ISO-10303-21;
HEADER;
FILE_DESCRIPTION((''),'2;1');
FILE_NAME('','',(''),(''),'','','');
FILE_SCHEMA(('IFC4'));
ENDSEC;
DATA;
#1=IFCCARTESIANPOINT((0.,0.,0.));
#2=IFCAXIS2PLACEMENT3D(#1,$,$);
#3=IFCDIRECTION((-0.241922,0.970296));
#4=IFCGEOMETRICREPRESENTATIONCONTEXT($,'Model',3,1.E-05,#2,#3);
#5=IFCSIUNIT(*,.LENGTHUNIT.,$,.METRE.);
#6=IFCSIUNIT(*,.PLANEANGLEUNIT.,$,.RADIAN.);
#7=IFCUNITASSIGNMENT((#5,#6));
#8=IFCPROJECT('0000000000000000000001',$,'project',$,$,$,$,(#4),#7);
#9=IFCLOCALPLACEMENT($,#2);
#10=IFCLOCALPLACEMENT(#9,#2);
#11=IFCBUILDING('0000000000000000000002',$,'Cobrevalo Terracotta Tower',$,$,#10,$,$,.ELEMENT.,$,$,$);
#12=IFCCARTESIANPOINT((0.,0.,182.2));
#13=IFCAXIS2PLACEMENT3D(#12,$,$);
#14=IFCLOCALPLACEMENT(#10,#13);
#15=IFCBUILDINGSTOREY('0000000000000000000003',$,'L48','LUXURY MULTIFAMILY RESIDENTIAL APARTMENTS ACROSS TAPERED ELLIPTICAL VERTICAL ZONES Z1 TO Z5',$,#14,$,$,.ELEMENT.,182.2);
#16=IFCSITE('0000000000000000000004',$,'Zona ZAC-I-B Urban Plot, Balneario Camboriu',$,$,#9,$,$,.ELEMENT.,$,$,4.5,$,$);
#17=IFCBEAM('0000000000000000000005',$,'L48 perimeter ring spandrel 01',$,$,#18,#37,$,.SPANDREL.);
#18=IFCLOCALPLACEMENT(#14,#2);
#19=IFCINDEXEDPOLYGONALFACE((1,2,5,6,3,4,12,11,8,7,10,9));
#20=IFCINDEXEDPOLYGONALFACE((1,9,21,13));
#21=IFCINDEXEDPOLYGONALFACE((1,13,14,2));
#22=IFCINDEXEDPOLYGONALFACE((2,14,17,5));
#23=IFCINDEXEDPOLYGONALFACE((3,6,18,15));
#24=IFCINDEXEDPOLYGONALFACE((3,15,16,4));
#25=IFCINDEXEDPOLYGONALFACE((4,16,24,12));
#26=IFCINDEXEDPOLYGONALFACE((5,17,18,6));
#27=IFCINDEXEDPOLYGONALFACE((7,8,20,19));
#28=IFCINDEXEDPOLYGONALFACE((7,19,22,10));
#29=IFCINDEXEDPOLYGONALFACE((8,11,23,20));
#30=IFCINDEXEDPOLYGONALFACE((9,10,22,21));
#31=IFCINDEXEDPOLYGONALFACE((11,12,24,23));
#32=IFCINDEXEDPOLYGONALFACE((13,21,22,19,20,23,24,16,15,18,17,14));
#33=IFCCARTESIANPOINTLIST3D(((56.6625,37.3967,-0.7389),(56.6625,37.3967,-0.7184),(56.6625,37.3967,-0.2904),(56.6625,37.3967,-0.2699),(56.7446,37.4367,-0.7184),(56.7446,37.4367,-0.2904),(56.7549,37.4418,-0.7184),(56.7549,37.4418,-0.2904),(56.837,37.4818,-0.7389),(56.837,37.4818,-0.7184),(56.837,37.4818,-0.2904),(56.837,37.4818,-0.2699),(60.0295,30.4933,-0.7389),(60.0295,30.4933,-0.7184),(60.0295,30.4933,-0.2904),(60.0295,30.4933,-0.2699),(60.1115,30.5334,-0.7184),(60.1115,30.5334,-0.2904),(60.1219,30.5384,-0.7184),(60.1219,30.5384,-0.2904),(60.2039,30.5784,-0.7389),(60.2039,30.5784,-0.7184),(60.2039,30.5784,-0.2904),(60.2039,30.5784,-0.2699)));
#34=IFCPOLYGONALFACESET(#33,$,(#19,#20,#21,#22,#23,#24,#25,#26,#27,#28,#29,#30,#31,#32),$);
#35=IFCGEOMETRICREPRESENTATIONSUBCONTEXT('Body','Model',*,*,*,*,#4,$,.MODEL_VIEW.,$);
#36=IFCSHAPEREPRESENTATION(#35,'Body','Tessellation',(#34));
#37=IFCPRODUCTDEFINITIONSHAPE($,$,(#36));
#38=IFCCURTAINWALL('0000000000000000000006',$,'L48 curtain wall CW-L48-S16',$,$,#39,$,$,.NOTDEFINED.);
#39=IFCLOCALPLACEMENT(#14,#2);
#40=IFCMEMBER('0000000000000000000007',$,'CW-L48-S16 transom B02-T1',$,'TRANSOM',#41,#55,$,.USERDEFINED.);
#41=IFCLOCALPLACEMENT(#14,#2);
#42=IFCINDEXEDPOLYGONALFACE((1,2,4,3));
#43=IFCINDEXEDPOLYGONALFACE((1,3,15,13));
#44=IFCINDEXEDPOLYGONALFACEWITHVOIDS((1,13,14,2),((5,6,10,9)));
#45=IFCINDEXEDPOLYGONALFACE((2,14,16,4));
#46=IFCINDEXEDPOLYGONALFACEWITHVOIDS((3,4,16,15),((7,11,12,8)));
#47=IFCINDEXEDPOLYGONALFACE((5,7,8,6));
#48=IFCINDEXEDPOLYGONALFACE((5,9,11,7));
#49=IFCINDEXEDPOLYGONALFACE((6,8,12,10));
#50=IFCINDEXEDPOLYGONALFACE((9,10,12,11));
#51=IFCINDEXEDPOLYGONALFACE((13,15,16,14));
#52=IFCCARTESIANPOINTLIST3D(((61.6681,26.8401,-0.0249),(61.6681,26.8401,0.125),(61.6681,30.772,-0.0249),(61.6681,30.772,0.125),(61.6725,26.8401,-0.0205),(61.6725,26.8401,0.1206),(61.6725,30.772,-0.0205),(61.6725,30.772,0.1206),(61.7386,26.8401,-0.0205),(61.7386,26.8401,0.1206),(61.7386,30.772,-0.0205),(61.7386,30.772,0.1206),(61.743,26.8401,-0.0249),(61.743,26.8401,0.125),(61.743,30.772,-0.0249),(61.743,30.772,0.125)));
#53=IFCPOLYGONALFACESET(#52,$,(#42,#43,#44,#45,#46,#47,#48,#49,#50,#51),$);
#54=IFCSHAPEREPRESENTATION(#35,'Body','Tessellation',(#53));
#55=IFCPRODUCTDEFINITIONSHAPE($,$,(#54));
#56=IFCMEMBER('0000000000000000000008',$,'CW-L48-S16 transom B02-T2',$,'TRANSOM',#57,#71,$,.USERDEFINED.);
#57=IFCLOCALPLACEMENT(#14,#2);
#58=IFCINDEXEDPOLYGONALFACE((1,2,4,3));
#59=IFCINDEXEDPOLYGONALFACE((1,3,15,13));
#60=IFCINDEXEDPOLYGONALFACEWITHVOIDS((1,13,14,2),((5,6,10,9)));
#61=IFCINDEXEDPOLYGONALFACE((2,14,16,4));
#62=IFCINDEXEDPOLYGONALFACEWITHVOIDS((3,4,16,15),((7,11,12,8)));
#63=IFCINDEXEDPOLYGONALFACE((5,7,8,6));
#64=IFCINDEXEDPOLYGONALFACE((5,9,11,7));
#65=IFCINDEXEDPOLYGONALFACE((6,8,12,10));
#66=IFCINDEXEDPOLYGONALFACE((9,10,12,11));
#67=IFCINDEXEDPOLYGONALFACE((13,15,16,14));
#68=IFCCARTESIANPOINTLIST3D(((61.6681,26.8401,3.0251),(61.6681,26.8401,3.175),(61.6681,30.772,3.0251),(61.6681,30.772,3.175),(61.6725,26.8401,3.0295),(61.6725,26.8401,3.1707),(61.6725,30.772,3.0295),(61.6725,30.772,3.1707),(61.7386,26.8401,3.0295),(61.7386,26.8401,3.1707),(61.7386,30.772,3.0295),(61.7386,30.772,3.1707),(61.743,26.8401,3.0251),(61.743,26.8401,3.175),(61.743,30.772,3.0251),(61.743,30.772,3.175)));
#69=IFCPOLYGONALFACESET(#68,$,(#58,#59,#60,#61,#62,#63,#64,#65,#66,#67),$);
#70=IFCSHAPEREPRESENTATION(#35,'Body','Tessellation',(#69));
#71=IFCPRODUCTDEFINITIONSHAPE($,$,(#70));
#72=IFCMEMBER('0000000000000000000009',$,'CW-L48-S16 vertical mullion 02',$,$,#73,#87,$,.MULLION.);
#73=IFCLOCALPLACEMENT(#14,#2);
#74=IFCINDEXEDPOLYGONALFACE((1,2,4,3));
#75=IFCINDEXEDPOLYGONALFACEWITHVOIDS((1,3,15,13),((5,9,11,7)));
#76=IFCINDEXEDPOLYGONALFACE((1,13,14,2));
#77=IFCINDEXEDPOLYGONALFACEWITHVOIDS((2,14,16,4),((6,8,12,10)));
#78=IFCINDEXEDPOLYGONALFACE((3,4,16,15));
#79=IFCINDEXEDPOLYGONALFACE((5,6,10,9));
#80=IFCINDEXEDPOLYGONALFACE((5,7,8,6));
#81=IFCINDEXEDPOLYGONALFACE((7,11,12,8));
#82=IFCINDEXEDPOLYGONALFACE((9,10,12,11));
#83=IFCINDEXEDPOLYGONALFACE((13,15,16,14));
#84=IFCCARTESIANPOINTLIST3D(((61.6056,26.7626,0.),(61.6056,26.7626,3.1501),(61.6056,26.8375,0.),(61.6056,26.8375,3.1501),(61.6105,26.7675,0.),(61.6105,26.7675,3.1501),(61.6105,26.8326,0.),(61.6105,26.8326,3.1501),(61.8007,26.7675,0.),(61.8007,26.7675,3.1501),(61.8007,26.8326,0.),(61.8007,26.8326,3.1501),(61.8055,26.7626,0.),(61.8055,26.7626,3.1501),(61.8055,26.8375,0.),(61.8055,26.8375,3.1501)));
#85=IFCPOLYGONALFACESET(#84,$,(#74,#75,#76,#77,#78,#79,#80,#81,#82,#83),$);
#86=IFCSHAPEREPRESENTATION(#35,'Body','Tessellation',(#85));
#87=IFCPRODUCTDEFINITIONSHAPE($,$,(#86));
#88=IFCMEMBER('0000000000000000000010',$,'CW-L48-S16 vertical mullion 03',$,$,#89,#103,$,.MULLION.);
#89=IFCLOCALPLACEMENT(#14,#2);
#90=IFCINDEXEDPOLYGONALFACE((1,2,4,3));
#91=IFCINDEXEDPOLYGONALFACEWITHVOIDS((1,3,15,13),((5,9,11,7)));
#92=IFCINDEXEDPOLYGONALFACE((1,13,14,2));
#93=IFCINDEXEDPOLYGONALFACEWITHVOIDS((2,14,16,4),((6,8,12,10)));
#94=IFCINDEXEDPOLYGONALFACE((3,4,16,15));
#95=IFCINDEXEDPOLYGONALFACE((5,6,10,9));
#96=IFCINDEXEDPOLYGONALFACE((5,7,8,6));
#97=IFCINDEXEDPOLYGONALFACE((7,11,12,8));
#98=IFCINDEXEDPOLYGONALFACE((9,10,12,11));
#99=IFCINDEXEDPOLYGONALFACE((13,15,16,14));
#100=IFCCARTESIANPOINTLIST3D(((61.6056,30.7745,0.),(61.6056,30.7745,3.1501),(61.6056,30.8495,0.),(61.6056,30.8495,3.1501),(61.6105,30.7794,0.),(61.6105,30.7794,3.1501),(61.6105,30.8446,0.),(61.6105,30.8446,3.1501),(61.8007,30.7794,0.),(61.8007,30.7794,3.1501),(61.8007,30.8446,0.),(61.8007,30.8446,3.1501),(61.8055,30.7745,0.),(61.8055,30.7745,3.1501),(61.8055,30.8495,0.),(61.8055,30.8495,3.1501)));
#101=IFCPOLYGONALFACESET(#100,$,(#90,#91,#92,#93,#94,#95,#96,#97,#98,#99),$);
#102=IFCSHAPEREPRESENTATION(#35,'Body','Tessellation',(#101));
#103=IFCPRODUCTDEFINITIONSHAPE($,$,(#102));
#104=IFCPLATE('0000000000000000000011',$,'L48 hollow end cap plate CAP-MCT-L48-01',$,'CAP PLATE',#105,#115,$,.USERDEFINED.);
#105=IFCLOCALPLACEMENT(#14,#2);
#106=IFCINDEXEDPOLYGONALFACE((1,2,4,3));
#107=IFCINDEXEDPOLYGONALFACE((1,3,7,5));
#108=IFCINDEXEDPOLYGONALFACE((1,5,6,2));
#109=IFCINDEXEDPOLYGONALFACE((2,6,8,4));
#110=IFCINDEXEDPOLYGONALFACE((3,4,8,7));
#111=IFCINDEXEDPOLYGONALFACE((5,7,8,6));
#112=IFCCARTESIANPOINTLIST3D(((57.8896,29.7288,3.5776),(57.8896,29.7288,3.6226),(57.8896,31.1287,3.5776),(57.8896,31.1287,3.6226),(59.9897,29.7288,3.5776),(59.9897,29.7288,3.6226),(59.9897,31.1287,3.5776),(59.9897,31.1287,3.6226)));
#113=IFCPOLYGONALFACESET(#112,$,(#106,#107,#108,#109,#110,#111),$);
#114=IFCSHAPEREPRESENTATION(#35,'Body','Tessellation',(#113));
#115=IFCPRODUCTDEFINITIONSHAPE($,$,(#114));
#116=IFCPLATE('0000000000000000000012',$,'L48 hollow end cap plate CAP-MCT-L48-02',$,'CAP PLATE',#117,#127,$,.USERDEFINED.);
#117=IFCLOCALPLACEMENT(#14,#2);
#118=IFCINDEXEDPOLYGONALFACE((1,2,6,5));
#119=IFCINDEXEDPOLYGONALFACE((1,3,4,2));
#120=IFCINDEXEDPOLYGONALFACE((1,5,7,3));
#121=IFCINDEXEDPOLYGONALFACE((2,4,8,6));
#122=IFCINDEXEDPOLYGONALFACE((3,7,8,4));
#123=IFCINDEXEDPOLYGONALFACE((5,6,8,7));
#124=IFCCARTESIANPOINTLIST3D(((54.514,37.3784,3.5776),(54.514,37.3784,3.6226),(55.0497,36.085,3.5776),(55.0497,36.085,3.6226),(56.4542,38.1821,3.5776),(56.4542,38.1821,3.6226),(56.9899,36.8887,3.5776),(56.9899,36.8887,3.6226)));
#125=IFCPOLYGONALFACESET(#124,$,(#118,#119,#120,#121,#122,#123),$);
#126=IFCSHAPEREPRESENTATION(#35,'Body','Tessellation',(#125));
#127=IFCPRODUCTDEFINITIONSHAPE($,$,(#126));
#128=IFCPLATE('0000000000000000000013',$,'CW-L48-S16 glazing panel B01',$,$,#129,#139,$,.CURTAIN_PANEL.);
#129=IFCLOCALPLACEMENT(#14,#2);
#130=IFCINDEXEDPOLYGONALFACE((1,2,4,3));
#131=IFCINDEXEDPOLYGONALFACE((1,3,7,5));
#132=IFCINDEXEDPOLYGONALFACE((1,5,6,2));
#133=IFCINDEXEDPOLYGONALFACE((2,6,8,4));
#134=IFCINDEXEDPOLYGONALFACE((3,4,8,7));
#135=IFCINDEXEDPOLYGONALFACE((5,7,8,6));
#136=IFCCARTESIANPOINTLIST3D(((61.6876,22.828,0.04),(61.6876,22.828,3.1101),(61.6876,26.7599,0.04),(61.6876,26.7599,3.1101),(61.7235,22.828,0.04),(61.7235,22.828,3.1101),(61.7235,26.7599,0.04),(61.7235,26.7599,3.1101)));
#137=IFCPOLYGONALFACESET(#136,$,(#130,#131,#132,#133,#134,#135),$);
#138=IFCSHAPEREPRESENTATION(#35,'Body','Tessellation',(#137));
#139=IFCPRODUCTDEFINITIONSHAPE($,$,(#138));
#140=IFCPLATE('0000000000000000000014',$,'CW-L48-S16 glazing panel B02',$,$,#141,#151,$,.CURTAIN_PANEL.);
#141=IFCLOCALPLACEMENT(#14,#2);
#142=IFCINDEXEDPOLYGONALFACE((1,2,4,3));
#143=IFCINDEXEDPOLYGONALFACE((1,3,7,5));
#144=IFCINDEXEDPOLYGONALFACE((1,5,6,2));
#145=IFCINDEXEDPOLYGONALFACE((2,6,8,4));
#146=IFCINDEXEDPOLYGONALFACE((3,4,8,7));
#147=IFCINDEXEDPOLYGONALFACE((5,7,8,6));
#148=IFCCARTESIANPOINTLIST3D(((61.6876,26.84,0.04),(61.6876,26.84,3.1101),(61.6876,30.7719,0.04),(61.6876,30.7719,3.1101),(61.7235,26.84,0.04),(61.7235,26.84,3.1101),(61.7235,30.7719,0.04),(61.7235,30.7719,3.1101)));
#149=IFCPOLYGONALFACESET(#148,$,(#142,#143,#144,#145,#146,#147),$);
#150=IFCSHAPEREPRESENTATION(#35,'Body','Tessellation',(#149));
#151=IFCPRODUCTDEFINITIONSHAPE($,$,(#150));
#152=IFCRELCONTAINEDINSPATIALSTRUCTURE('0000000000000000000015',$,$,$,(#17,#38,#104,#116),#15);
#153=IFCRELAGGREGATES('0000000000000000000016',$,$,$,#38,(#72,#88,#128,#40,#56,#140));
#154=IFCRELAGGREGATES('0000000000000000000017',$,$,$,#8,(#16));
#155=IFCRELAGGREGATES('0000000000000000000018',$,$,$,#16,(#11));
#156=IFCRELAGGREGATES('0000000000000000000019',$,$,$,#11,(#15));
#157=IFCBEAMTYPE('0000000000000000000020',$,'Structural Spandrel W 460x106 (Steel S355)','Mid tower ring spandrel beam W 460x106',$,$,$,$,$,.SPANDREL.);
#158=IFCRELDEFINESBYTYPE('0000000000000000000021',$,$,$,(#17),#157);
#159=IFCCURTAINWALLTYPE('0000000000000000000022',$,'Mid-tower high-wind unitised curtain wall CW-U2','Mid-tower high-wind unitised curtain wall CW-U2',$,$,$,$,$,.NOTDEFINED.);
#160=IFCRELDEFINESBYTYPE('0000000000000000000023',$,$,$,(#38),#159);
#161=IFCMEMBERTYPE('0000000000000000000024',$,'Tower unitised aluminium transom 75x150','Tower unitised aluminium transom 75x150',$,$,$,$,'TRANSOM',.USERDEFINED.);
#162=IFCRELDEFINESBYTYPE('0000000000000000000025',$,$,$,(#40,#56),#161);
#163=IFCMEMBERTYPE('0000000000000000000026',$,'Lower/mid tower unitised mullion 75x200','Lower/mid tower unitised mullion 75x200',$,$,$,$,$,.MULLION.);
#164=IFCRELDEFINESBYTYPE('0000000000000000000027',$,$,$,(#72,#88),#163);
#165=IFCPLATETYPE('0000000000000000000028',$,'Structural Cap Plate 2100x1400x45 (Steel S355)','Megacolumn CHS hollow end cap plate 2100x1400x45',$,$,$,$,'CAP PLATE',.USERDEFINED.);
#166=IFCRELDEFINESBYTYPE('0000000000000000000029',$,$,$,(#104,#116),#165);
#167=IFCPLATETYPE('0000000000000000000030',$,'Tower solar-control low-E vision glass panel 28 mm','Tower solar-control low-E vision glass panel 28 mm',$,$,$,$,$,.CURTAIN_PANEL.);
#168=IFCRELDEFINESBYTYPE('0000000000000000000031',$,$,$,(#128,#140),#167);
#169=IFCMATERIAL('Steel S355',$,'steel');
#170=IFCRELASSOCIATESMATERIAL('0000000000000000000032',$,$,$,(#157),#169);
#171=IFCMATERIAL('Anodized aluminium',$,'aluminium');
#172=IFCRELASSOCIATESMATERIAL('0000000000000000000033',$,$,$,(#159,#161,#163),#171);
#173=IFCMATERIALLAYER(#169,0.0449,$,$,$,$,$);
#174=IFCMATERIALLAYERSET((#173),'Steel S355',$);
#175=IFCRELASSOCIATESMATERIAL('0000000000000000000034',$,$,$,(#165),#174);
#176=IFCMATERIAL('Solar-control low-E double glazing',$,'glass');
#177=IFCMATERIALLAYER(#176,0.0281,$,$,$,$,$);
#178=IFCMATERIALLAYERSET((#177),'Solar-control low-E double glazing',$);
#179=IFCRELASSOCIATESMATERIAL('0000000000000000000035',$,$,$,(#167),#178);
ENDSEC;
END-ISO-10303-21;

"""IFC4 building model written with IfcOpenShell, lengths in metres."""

from ifc_helpers import new_model, si_unit, direction, frame, origin, origin_2d, place, context, subcontext, project, spatial, rectangle, hollow_rectangle, i_section, extrude, source, transform, mapped, material, layer, layer_set, material_profile, profile_set, type_object, element, aggregate, save


model = new_model("IFC4")

# Units and contexts
model_context = context("Model", 3, precision=1e-05, world=origin(), true_north=direction((-0.241922, 0.970296)))
body_context = subcontext(model_context, "Body", "Model", "MODEL_VIEW")
ifc_project = project(units=[si_unit("LENGTHUNIT", "METRE"), si_unit("PLANEANGLEUNIT", "RADIAN")], contexts=[model_context])

# Site, building, storey
site_placement = place(None, origin())
site = spatial("IfcSite", under=ifc_project, at=site_placement, Name="Zona ZAC-I-B Urban Plot, Balneario Camboriu", CompositionType="ELEMENT", RefElevation=4.5)
building_placement = place(site_placement, origin())
building = spatial("IfcBuilding", under=site, at=building_placement, Name="Cobrevalo Terracotta Tower", CompositionType="ELEMENT")
storey_placement = place(building_placement, frame((0.0, 0.0, 182.2)))
storey = spatial("IfcBuildingStorey", under=building, at=storey_placement, Name="L48", Description="LUXURY MULTIFAMILY RESIDENTIAL APARTMENTS ACROSS TAPERED ELLIPTICAL VERTICAL ZONES Z1 TO Z5", CompositionType="ELEMENT", Elevation=182.2)

# Shared definitions
ifc_material_1 = material(Name="Steel S355", Category="steel")

# Beam
ifc_material_profile_1 = material_profile(ifc_material_1, i_section(OverallWidth=0.1941, OverallDepth=0.469, WebThickness=0.0115, FlangeThickness=0.0205, at=origin_2d()), Name="W 460x106")
ifc_profile_set_1 = profile_set([ifc_material_profile_1], Name="Steel S355")
beam_type_1 = type_object("IfcBeamType", Name="Structural Spandrel W 460x106 (Steel S355)", Description="Mid tower ring spandrel beam W 460x106", PredefinedType="SPANDREL", material=ifc_profile_set_1)
beam_1_placement = place(storey_placement, frame((60.1167, 30.5359, -0.5044), z_axis=(-0.438368, 0.898796, 0.0), x_axis=(-0.898796, -0.438368, 0.0)))
element("IfcBeam", 1, at=beam_1_placement, inside=storey, type_object=beam_type_1, Name="L48 perimeter ring spandrel 01", PredefinedType="SPANDREL", context=body_context, shape_type="SweptSolid", body=[
    extrude(i_section(OverallWidth=0.1941, OverallDepth=0.469, WebThickness=0.0115, FlangeThickness=0.0205, at=origin_2d()), origin(), (0.0, 0.0, 1.0), 7.6807),
])

# Curtain wall, members
ifc_material_2 = material(Name="Anodized aluminium", Category="aluminium")
curtain_wall_type = type_object("IfcCurtainWallType", Name="Mid-tower high-wind unitised curtain wall CW-U2", Description="Mid-tower high-wind unitised curtain wall CW-U2", PredefinedType="NOTDEFINED", material=ifc_material_2)
curtain_wall_placement = place(storey_placement, origin())
curtain_wall = element("IfcCurtainWall", 2, at=curtain_wall_placement, inside=storey, type_object=curtain_wall_type, Name="L48 curtain wall CW-L48-S16", PredefinedType="NOTDEFINED")
ifc_material_profile_2 = material_profile(ifc_material_2, hollow_rectangle(XDim=0.075, YDim=0.1499, WallThickness=0.0044, at=origin_2d()), Name="CWT 75x150")
ifc_profile_set_2 = profile_set([ifc_material_profile_2], Name="Anodized aluminium")
member_type_1 = type_object("IfcMemberType", Name="Tower unitised aluminium transom 75x150", Description="Tower unitised aluminium transom 75x150", ElementType="TRANSOM", PredefinedType="USERDEFINED", material=ifc_profile_set_2)
shared_shape_1 = source(origin(), body_context, "Body", "SweptSolid", [
    extrude(hollow_rectangle(XDim=0.075, YDim=0.1499, WallThickness=0.0044, at=origin_2d()), origin(), (0.0, 0.0, 1.0), 3.9319),
])
member_1_placement = place(storey_placement, frame((61.7056, 26.8401, 0.05), z_axis=(0.0, 1.0, 0.0), x_axis=(-1.0, 0.0, 0.0)))
member_1 = element("IfcMember", 3, at=member_1_placement, type_object=member_type_1, Name="CW-L48-S16 transom B02-T1", ObjectType="TRANSOM", PredefinedType="USERDEFINED", context=body_context, shape_type="MappedRepresentation", body=[
    mapped(shared_shape_1, transform((0.0, 0.0, 0.0), scale=1.0)),
])
member_2_placement = place(storey_placement, frame((61.7056, 26.8401, 3.1001), z_axis=(0.0, 1.0, 0.0), x_axis=(-1.0, 0.0, 0.0)))
member_2 = element("IfcMember", 4, at=member_2_placement, type_object=member_type_1, Name="CW-L48-S16 transom B02-T2", ObjectType="TRANSOM", PredefinedType="USERDEFINED", context=body_context, shape_type="MappedRepresentation", body=[
    mapped(shared_shape_1, transform((0.0, 0.0, 0.0), scale=1.0)),
])
ifc_material_profile_3 = material_profile(ifc_material_2, hollow_rectangle(XDim=0.075, YDim=0.2, WallThickness=0.0049, at=origin_2d()), Name="CWM 75x200")
ifc_profile_set_3 = profile_set([ifc_material_profile_3], Name="Anodized aluminium")
member_type_2 = type_object("IfcMemberType", Name="Lower/mid tower unitised mullion 75x200", Description="Lower/mid tower unitised mullion 75x200", PredefinedType="MULLION", material=ifc_profile_set_3)
shared_shape_2 = source(origin(), body_context, "Body", "SweptSolid", [
    extrude(hollow_rectangle(XDim=0.075, YDim=0.2, WallThickness=0.0049, at=origin_2d()), origin(), (0.0, 0.0, 1.0), 3.1501),
])
member_3_placement = place(storey_placement, frame((61.7056, 26.8, 0.0), z_axis=(0.0, 0.0, 1.0), x_axis=(0.0, 1.0, 0.0)))
member_3 = element("IfcMember", 5, at=member_3_placement, type_object=member_type_2, Name="CW-L48-S16 vertical mullion 02", PredefinedType="MULLION", context=body_context, shape_type="MappedRepresentation", body=[
    mapped(shared_shape_2, transform((0.0, 0.0, 0.0), scale=1.0)),
])
member_4_placement = place(storey_placement, frame((61.7056, 30.812, 0.0), z_axis=(0.0, 0.0, 1.0), x_axis=(0.0, 1.0, 0.0)))
member_4 = element("IfcMember", 6, at=member_4_placement, type_object=member_type_2, Name="CW-L48-S16 vertical mullion 03", PredefinedType="MULLION", context=body_context, shape_type="MappedRepresentation", body=[
    mapped(shared_shape_2, transform((0.0, 0.0, 0.0), scale=1.0)),
])

# Plates
ifc_layer_1 = layer(ifc_material_1, 0.0449)
ifc_layer_set_1 = layer_set([ifc_layer_1], Name="Steel S355")
plate_type_1 = type_object("IfcPlateType", Name="Structural Cap Plate 2100x1400x45 (Steel S355)", Description="Megacolumn CHS hollow end cap plate 2100x1400x45", ElementType="CAP PLATE", PredefinedType="USERDEFINED", material=ifc_layer_set_1)
shared_shape_3 = source(origin(), body_context, "Body", "SweptSolid", [
    extrude(rectangle(XDim=2.1001, YDim=1.3999, at=origin_2d()), origin(), (0.0, 0.0, 1.0), 0.0449),
])
for number, where, z_axis, x_axis, name in (
    (7, (58.9397, 30.4287, 3.5776), (0.0, 0.0, 1.0), (1.0, 0.0, 0.0), "L48 hollow end cap plate CAP-MCT-L48-01"),
    (8, (55.752, 37.1335, 3.5776), (0.0, 0.0, 1.0), (0.92388, 0.382683, 0.0), "L48 hollow end cap plate CAP-MCT-L48-02"),
):
    element("IfcPlate", number, at=place(storey_placement, frame(where, z_axis=z_axis, x_axis=x_axis)), inside=storey, type_object=plate_type_1, Name=name, ObjectType="CAP PLATE", PredefinedType="USERDEFINED", context=body_context, shape_type="MappedRepresentation", body=[
        mapped(shared_shape_3, transform((0.0, 0.0, 0.0), scale=1.0)),
    ])

# Plates
ifc_material_3 = material(Name="Solar-control low-E double glazing", Category="glass")
ifc_layer_2 = layer(ifc_material_3, 0.0281)
ifc_layer_set_2 = layer_set([ifc_layer_2], Name="Solar-control low-E double glazing")
plate_type_2 = type_object("IfcPlateType", Name="Tower solar-control low-E vision glass panel 28 mm", Description="Tower solar-control low-E vision glass panel 28 mm", PredefinedType="CURTAIN_PANEL", material=ifc_layer_set_2)
shared_shape_4 = source(origin(), body_context, "Body", "SweptSolid", [
    extrude(rectangle(XDim=3.9319, YDim=0.0359, at=origin_2d()), origin(), (0.0, 0.0, 1.0), 3.0701),
])
plate_1_placement = place(storey_placement, frame((61.7056, 24.7939, 0.04), z_axis=(0.0, 0.0, 1.0), x_axis=(0.0, 1.0, 0.0)))
plate_1 = element("IfcPlate", 9, at=plate_1_placement, type_object=plate_type_2, Name="CW-L48-S16 glazing panel B01", PredefinedType="CURTAIN_PANEL", context=body_context, shape_type="MappedRepresentation", body=[
    mapped(shared_shape_4, transform((0.0, 0.0, 0.0), scale=1.0)),
])
plate_2_placement = place(storey_placement, frame((61.7056, 28.8059, 0.04), z_axis=(0.0, 0.0, 1.0), x_axis=(0.0, 1.0, 0.0)))
plate_2 = element("IfcPlate", 10, at=plate_2_placement, type_object=plate_type_2, Name="CW-L48-S16 glazing panel B02", PredefinedType="CURTAIN_PANEL", context=body_context, shape_type="MappedRepresentation", body=[
    mapped(shared_shape_4, transform((0.0, 0.0, 0.0), scale=1.0)),
])
aggregate(curtain_wall, [member_3, member_4, plate_1, member_1, member_2, plate_2])

save(model, "model.ifc")
